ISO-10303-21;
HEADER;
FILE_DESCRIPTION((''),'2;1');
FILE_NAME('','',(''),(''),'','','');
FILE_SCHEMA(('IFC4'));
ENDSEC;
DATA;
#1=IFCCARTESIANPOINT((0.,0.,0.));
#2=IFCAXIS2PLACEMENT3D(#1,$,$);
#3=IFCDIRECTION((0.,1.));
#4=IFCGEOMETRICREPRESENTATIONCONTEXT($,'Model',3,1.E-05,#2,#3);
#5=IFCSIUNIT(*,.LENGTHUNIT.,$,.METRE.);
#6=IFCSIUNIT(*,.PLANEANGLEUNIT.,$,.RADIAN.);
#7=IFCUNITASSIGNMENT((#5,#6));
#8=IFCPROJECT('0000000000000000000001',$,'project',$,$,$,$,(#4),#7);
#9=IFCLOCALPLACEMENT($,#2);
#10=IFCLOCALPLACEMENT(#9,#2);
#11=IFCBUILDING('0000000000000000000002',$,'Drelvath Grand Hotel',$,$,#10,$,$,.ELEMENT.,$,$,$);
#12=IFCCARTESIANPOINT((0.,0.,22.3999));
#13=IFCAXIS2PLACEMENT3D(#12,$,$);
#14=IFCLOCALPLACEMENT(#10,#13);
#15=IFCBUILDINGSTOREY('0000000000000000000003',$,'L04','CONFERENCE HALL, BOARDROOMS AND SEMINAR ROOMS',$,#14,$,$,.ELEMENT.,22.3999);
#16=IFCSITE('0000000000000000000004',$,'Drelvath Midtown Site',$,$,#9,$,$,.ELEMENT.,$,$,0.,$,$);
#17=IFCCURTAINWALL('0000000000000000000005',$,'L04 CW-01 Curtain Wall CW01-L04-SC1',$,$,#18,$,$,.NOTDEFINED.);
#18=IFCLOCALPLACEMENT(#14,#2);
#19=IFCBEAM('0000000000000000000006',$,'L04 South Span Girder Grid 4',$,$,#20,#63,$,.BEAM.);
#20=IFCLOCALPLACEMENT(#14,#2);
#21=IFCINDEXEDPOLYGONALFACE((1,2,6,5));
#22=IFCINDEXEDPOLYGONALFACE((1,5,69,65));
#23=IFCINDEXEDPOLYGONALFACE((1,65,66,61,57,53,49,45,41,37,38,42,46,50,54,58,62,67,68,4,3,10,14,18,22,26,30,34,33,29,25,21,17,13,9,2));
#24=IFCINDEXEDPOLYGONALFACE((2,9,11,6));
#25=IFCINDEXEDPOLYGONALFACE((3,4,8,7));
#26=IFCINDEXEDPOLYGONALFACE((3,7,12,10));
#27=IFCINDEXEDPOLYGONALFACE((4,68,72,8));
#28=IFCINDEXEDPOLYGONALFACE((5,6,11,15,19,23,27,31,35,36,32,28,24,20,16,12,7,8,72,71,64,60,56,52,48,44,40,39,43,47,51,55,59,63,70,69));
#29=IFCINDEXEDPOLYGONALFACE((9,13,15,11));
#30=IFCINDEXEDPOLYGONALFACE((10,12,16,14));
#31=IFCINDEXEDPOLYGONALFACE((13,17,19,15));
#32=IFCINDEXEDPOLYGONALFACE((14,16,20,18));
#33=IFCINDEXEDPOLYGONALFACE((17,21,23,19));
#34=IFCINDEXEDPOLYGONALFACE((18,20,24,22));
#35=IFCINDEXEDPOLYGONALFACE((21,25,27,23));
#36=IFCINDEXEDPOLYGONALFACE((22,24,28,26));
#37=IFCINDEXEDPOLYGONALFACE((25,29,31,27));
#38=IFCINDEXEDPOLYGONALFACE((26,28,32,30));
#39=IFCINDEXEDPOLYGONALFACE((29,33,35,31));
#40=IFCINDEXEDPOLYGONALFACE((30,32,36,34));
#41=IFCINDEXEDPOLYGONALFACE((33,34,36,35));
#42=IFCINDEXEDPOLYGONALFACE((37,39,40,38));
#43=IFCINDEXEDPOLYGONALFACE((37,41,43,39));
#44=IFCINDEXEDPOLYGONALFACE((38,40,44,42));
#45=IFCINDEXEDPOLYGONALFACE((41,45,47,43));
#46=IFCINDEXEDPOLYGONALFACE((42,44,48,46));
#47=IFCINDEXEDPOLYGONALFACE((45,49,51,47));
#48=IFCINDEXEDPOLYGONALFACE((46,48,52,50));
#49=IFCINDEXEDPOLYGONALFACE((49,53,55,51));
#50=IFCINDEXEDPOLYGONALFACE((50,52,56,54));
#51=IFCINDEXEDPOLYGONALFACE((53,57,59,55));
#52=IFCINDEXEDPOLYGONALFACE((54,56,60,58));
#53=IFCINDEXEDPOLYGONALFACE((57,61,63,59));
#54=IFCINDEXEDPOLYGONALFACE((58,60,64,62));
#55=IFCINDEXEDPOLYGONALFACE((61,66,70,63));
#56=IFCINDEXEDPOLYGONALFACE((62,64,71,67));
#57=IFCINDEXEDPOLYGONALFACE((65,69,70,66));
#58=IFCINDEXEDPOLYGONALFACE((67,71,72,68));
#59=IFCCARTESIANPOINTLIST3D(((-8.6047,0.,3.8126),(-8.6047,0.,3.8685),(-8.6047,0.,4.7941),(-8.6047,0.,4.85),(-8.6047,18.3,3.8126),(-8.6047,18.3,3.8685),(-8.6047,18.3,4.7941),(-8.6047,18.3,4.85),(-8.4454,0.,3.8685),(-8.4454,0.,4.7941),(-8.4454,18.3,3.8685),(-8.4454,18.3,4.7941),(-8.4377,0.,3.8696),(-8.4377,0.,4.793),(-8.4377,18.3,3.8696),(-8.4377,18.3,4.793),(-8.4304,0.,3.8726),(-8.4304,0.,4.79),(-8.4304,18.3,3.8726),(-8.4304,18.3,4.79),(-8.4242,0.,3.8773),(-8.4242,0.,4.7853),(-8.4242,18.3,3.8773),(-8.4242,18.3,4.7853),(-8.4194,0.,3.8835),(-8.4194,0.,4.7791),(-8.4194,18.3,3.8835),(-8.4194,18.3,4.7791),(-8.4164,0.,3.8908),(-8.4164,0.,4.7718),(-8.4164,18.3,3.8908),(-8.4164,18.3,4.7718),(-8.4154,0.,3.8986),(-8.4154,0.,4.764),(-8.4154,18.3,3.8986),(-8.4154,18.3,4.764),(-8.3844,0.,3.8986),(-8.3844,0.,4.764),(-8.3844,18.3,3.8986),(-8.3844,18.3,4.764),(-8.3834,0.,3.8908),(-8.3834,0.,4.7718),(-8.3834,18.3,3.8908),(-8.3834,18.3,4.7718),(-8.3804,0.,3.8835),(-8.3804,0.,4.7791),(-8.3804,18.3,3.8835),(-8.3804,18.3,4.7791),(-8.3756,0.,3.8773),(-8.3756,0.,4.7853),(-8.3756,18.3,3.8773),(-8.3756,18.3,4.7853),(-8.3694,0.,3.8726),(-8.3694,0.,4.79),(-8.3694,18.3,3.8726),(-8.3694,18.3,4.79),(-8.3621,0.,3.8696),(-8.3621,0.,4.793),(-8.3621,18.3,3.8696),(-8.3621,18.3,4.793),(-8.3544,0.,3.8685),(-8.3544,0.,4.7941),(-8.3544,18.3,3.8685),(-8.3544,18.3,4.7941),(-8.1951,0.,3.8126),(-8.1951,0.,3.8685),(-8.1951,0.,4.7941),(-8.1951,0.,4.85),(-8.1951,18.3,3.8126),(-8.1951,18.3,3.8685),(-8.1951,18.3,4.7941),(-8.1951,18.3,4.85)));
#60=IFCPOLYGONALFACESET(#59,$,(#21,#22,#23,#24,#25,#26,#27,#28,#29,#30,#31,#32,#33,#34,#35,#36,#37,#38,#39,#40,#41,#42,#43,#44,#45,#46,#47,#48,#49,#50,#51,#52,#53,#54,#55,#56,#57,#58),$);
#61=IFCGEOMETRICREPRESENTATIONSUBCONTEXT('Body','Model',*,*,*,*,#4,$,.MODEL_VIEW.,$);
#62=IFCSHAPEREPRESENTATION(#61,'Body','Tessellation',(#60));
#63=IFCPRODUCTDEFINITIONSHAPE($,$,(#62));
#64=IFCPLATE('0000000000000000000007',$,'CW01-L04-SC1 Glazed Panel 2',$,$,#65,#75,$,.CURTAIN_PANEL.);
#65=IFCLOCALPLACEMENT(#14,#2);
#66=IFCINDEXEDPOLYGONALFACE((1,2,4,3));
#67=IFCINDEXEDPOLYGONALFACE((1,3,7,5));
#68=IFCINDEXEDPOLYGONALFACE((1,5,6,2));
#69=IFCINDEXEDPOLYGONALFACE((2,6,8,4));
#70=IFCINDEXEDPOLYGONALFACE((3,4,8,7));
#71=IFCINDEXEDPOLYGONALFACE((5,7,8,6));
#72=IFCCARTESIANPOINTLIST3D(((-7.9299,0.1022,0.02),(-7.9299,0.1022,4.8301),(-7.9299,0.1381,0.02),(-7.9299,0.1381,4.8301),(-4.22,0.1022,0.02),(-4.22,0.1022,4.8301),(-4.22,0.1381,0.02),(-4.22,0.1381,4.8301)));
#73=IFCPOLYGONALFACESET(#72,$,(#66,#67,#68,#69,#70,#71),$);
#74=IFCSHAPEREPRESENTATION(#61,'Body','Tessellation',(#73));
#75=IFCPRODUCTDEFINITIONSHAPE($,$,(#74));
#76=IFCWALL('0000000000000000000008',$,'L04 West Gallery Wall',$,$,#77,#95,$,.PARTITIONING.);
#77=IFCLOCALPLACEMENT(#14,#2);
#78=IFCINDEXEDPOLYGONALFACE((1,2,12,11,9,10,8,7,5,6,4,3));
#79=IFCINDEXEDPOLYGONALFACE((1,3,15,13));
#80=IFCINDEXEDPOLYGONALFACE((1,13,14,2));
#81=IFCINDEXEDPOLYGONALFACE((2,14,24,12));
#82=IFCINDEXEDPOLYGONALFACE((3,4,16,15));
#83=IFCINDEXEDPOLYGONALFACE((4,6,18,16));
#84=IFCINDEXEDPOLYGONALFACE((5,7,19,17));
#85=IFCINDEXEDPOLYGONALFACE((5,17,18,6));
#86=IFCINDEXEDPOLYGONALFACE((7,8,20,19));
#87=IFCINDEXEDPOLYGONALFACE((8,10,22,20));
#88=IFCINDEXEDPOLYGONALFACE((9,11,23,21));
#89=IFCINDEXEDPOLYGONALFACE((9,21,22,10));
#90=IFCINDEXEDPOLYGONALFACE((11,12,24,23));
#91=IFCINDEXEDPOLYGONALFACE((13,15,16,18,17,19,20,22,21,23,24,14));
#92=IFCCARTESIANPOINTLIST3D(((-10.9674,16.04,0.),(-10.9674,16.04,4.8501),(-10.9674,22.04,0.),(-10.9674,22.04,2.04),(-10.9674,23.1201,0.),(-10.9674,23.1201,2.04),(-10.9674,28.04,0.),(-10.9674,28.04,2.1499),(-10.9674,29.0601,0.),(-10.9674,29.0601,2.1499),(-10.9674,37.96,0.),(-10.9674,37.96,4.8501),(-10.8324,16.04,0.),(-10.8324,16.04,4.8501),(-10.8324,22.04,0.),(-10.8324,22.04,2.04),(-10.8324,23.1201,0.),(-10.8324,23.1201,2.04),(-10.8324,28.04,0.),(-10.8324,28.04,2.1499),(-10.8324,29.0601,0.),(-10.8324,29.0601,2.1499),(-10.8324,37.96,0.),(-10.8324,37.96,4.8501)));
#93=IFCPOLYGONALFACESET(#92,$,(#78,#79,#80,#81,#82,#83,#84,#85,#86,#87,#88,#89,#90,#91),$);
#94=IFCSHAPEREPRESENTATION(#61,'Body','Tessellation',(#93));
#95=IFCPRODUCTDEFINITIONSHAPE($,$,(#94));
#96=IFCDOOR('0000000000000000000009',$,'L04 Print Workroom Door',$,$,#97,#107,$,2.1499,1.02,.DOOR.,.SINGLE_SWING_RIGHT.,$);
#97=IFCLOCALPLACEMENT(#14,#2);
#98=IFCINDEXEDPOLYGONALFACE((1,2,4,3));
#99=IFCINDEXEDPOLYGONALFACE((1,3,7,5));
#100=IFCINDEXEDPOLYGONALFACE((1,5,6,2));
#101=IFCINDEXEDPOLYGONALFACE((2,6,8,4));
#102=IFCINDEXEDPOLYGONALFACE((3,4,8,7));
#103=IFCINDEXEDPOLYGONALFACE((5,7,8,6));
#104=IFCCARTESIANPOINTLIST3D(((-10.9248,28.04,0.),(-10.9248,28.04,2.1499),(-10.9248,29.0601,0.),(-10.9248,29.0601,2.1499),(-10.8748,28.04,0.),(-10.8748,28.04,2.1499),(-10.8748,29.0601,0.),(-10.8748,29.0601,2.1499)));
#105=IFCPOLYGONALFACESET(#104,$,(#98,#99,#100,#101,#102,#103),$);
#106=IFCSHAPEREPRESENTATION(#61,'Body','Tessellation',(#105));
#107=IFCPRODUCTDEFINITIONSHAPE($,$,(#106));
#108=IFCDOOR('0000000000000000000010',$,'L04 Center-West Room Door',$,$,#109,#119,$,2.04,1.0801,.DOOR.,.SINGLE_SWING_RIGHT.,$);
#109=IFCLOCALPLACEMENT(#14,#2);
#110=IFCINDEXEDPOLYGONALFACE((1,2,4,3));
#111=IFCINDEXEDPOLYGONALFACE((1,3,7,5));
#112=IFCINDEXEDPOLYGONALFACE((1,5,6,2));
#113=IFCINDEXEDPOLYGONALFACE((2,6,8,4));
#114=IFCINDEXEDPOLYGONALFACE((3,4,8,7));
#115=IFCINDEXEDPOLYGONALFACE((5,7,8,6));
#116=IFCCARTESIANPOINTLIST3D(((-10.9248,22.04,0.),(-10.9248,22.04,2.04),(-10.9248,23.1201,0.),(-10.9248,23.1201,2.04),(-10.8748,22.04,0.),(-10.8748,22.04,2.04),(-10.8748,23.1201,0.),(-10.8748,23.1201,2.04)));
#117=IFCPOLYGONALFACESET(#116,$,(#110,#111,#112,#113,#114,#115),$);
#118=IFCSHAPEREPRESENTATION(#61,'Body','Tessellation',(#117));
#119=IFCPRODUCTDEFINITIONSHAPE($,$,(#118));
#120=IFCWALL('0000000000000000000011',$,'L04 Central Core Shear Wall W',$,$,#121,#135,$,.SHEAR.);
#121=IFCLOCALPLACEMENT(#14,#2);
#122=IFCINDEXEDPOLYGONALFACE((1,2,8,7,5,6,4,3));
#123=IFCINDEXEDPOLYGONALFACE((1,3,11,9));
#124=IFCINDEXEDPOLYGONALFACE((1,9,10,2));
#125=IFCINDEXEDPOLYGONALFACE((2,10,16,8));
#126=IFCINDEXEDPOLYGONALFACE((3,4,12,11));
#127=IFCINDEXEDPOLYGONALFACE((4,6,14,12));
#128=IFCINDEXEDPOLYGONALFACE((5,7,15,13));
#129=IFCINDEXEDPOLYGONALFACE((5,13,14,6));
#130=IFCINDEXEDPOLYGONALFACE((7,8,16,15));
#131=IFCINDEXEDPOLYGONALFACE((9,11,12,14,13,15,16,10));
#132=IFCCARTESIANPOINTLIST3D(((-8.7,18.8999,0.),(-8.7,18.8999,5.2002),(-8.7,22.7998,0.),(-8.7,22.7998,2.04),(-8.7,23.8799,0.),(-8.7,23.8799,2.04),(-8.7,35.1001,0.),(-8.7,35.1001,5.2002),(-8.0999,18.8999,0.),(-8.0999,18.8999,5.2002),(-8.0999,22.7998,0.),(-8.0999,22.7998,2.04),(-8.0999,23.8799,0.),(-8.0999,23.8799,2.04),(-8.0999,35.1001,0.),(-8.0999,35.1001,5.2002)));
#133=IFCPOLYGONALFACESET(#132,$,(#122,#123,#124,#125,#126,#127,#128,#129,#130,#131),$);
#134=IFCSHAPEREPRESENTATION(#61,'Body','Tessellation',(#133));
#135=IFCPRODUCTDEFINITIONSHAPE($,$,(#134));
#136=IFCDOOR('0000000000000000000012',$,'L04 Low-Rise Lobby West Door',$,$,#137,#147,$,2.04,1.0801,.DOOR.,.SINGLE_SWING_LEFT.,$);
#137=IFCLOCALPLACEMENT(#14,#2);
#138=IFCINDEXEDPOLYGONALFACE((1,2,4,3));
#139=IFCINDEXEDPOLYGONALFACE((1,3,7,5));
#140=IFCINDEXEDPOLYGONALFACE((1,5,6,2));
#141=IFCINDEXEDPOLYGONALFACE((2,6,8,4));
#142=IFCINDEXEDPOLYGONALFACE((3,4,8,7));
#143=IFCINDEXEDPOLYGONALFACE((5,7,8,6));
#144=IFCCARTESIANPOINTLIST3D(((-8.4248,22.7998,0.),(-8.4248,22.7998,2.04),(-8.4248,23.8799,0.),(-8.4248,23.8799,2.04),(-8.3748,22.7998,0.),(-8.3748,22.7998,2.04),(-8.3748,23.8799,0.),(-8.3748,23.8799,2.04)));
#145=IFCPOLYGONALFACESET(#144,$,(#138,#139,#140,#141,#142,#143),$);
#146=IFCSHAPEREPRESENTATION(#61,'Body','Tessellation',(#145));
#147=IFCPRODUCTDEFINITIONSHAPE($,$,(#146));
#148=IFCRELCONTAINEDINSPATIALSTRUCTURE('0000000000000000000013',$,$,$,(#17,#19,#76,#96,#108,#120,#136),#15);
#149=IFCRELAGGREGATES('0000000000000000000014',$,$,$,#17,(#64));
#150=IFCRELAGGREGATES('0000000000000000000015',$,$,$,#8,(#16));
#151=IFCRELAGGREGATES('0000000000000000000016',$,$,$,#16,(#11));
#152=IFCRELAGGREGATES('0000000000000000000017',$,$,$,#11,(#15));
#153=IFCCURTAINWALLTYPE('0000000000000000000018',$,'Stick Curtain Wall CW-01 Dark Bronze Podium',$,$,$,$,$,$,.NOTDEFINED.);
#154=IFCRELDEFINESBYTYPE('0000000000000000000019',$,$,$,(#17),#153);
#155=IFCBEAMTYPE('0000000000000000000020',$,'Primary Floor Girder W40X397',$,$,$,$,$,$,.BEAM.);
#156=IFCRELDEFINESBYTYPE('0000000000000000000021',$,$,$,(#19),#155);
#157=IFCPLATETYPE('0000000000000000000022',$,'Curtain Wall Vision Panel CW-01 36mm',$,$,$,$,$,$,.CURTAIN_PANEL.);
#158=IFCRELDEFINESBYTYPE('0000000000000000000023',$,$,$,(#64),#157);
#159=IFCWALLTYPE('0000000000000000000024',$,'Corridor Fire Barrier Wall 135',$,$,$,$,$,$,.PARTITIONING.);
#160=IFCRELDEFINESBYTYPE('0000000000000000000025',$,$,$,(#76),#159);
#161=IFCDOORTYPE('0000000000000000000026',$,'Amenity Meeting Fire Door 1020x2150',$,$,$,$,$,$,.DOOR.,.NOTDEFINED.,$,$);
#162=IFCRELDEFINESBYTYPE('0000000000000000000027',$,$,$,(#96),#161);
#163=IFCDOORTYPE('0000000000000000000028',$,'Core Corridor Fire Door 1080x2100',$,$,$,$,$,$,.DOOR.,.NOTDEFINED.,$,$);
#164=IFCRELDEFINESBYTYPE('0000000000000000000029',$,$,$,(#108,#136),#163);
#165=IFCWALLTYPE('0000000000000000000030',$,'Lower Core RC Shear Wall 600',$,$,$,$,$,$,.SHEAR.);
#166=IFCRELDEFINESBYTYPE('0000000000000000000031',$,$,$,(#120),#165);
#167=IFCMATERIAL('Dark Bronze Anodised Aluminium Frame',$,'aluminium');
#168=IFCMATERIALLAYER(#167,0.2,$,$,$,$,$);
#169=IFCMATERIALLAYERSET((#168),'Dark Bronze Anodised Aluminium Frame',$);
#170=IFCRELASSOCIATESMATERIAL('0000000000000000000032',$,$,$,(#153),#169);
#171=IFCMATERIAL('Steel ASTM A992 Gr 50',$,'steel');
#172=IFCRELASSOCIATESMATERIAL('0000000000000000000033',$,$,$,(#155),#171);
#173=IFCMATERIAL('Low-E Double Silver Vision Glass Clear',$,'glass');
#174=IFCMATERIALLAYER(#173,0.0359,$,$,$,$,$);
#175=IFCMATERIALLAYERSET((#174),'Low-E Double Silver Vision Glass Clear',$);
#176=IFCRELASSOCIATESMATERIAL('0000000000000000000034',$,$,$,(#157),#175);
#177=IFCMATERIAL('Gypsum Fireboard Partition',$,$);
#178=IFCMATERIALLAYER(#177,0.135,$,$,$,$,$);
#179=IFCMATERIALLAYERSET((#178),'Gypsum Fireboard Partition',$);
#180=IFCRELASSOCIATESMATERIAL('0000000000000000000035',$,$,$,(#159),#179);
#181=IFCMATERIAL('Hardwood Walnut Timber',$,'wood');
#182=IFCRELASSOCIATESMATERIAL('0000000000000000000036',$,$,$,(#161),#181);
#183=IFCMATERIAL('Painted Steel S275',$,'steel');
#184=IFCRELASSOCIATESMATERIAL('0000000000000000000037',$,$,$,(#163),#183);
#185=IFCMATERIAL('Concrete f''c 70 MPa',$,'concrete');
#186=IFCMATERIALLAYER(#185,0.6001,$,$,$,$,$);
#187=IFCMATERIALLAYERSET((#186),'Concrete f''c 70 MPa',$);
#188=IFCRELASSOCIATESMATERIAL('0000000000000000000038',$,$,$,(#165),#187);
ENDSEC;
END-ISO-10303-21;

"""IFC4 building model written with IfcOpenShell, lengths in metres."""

from ifc_helpers import new_model, si_unit, direction, frame, frame_2d, origin, origin_2d, place, context, subcontext, project, spatial, rectangle, i_section, extrude, material, layer, layer_set, material_profile, profile_set, type_object, element, fill, aggregate, save


model = new_model("IFC4")

# Units and contexts
model_context = context("Model", 3, precision=1e-05, world=origin(), true_north=direction((0.0, 1.0)))
body_context = subcontext(model_context, "Body", "Model", "MODEL_VIEW")
ifc_project = project(units=[si_unit("LENGTHUNIT", "METRE"), si_unit("PLANEANGLEUNIT", "RADIAN")], contexts=[model_context])

# Site, building, storey
site_placement = place(None, origin())
site = spatial("IfcSite", under=ifc_project, at=site_placement, Name="Drelvath Midtown Site", CompositionType="ELEMENT", RefElevation=0.0)
building_placement = place(site_placement, origin())
building = spatial("IfcBuilding", under=site, at=building_placement, Name="Drelvath Grand Hotel", CompositionType="ELEMENT")
storey_placement = place(building_placement, frame((0.0, 0.0, 22.3999)))
storey = spatial("IfcBuildingStorey", under=building, at=storey_placement, Name="L04", Description="CONFERENCE HALL, BOARDROOMS AND SEMINAR ROOMS", CompositionType="ELEMENT", Elevation=22.3999)

# Shared definitions
ifc_material_1 = material(Name="Concrete f'c 70 MPa", Category="concrete")

# Curtain wall
ifc_material_2 = material(Name="Dark Bronze Anodised Aluminium Frame", Category="aluminium")
ifc_layer_1 = layer(ifc_material_2, 0.2)
ifc_layer_set_1 = layer_set([ifc_layer_1], Name="Dark Bronze Anodised Aluminium Frame")
curtain_wall_type = type_object("IfcCurtainWallType", Name="Stick Curtain Wall CW-01 Dark Bronze Podium", PredefinedType="NOTDEFINED", material=ifc_layer_set_1)
curtain_wall_placement = place(storey_placement, origin())
curtain_wall = element("IfcCurtainWall", 1, at=curtain_wall_placement, inside=storey, type_object=curtain_wall_type, Name="L04 CW-01 Curtain Wall CW01-L04-SC1", PredefinedType="NOTDEFINED")

# Beam
ifc_material_3 = material(Name="Steel ASTM A992 Gr 50", Category="steel")
ifc_material_profile_1 = material_profile(ifc_material_3, i_section(OverallWidth=0.4097, OverallDepth=1.0374, WebThickness=0.031, FlangeThickness=0.0559, FilletRadius=0.03, at=origin_2d()), Name="W40X397")
ifc_profile_set_1 = profile_set([ifc_material_profile_1], Name="Steel ASTM A992 Gr 50")
beam_type_1 = type_object("IfcBeamType", Name="Primary Floor Girder W40X397", PredefinedType="BEAM", material=ifc_profile_set_1)
beam_1_placement = place(storey_placement, frame((-8.3999, 0.0, 4.3313), z_axis=(0.0, 1.0, 0.0), x_axis=(-1.0, 0.0, 0.0)))
element("IfcBeam", 2, at=beam_1_placement, inside=storey, type_object=beam_type_1, Name="L04 South Span Girder Grid 4", PredefinedType="BEAM", context=body_context, shape_type="SweptSolid", body=[
    extrude(i_section(OverallWidth=0.4097, OverallDepth=1.0374, WebThickness=0.031, FlangeThickness=0.0559, FilletRadius=0.03, at=origin_2d()), origin(), (0.0, 0.0, 1.0), 18.3),
])

# Plate
ifc_material_4 = material(Name="Low-E Double Silver Vision Glass Clear", Category="glass")
ifc_layer_2 = layer(ifc_material_4, 0.0359)
ifc_layer_set_2 = layer_set([ifc_layer_2], Name="Low-E Double Silver Vision Glass Clear")
plate_type = type_object("IfcPlateType", Name="Curtain Wall Vision Panel CW-01 36mm", PredefinedType="CURTAIN_PANEL", material=ifc_layer_set_2)
plate_placement = place(storey_placement, frame((-6.075, 0.1201, 0.02), z_axis=(0.0, 0.0, 1.0), x_axis=(-1.0, 0.0, 0.0)))
plate = element("IfcPlate", 3, at=plate_placement, type_object=plate_type, Name="CW01-L04-SC1 Glazed Panel 2", PredefinedType="CURTAIN_PANEL", context=body_context, shape_type="SweptSolid", body=[
    extrude(rectangle(XDim=3.71, YDim=0.0359, at=origin_2d()), origin(), (0.0, 0.0, 1.0), 4.8101),
])
aggregate(curtain_wall, [plate])

# Wall, openings, doors
ifc_material_5 = material(Name="Gypsum Fireboard Partition")
ifc_layer_3 = layer(ifc_material_5, 0.135)
ifc_layer_set_3 = layer_set([ifc_layer_3], Name="Gypsum Fireboard Partition")
wall_type_1 = type_object("IfcWallType", Name="Corridor Fire Barrier Wall 135", PredefinedType="PARTITIONING", material=ifc_layer_set_3)
wall_1_placement = place(storey_placement, frame((-10.8999, 16.04, 0.0), z_axis=(0.0, 0.0, 1.0), x_axis=(0.0, 1.0, 0.0)))
wall_1 = element("IfcWall", 4, at=wall_1_placement, inside=storey, type_object=wall_type_1, Name="L04 West Gallery Wall", PredefinedType="PARTITIONING", context=body_context, shape_type="SweptSolid", body=[
    extrude(rectangle(XDim=21.9199, YDim=0.135, at=frame_2d((10.96, 0.0))), origin(), (0.0, 0.0, 1.0), 4.8501),
])
opening_1_placement = place(wall_1_placement, frame((12.0, 0.0, 0.0)))
opening_1 = element("IfcOpeningElement", 5, at=opening_1_placement, cuts=wall_1, PredefinedType="OPENING", context=body_context, shape_type="SweptSolid", body=[
    extrude(rectangle(XDim=1.02, YDim=2.1499, at=frame_2d((0.51, 1.075))), frame((0.0, 0.0774, 0.0), z_axis=(0.0, -1.0, 0.0), x_axis=(1.0, 0.0, 0.0)), (0.0, 0.0, 1.0), 0.155),
])
opening_2_placement = place(wall_1_placement, frame((6.0, 0.0, 0.0)))
opening_2 = element("IfcOpeningElement", 6, at=opening_2_placement, cuts=wall_1, PredefinedType="OPENING", context=body_context, shape_type="SweptSolid", body=[
    extrude(rectangle(XDim=1.0801, YDim=2.04, at=frame_2d((0.54, 1.02))), frame((0.0, 0.0774, 0.0), z_axis=(0.0, -1.0, 0.0), x_axis=(1.0, 0.0, 0.0)), (0.0, 0.0, 1.0), 0.155),
])
ifc_material_6 = material(Name="Hardwood Walnut Timber", Category="wood")
door_type_1 = type_object("IfcDoorType", Name="Amenity Meeting Fire Door 1020x2150", OperationType="NOTDEFINED", PredefinedType="DOOR", material=ifc_material_6)
door_1_placement = place(opening_1_placement, origin())
door_1 = element("IfcDoor", 7, at=door_1_placement, inside=storey, type_object=door_type_1, Name="L04 Print Workroom Door", OperationType="SINGLE_SWING_RIGHT", OverallHeight=2.1499, OverallWidth=1.02, PredefinedType="DOOR", context=body_context, shape_type="SweptSolid", body=[
    extrude(rectangle(XDim=1.02, YDim=2.1499, at=frame_2d((0.51, 1.075))), frame((0.0, 0.0249, 0.0), z_axis=(0.0, -1.0, 0.0), x_axis=(1.0, 0.0, 0.0)), (0.0, 0.0, 1.0), 0.05),
])
fill(opening_1, door_1)
ifc_material_7 = material(Name="Painted Steel S275", Category="steel")
door_type_2 = type_object("IfcDoorType", Name="Core Corridor Fire Door 1080x2100", OperationType="NOTDEFINED", PredefinedType="DOOR", material=ifc_material_7)
door_2_placement = place(opening_2_placement, origin())
door_2 = element("IfcDoor", 8, at=door_2_placement, inside=storey, type_object=door_type_2, Name="L04 Center-West Room Door", OperationType="SINGLE_SWING_RIGHT", OverallHeight=2.04, OverallWidth=1.0801, PredefinedType="DOOR", context=body_context, shape_type="SweptSolid", body=[
    extrude(rectangle(XDim=1.0801, YDim=2.04, at=frame_2d((0.54, 1.02))), frame((0.0, 0.0249, 0.0), z_axis=(0.0, -1.0, 0.0), x_axis=(1.0, 0.0, 0.0)), (0.0, 0.0, 1.0), 0.05),
])
fill(opening_2, door_2)

# Wall, opening, door
ifc_layer_4 = layer(ifc_material_1, 0.6001)
ifc_layer_set_4 = layer_set([ifc_layer_4], Name="Concrete f'c 70 MPa")
wall_type_2 = type_object("IfcWallType", Name="Lower Core RC Shear Wall 600", PredefinedType="SHEAR", material=ifc_layer_set_4)
wall_2_placement = place(storey_placement, frame((-8.3999, 18.8999, 0.0), z_axis=(0.0, 0.0, 1.0), x_axis=(0.0, 1.0, 0.0)))
wall_2 = element("IfcWall", 9, at=wall_2_placement, inside=storey, type_object=wall_type_2, Name="L04 Central Core Shear Wall W", PredefinedType="SHEAR", context=body_context, shape_type="SweptSolid", body=[
    extrude(rectangle(XDim=16.2002, YDim=0.6001, at=frame_2d((8.1001, 0.0))), origin(), (0.0, 0.0, 1.0), 5.2002),
])
opening_3_placement = place(wall_2_placement, frame((3.8999, 0.0, 0.0)))
opening_3 = element("IfcOpeningElement", 10, at=opening_3_placement, cuts=wall_2, PredefinedType="OPENING", context=body_context, shape_type="SweptSolid", body=[
    extrude(rectangle(XDim=1.0801, YDim=2.04, at=frame_2d((0.54, 1.02))), frame((0.0, 0.3101, 0.0), z_axis=(0.0, -1.0, 0.0), x_axis=(1.0, 0.0, 0.0)), (0.0, 0.0, 1.0), 0.6201),
])
door_3_placement = place(opening_3_placement, origin())
door_3 = element("IfcDoor", 11, at=door_3_placement, inside=storey, type_object=door_type_2, Name="L04 Low-Rise Lobby West Door", OperationType="SINGLE_SWING_LEFT", OverallHeight=2.04, OverallWidth=1.0801, PredefinedType="DOOR", context=body_context, shape_type="SweptSolid", body=[
    extrude(rectangle(XDim=1.0801, YDim=2.04, at=frame_2d((0.54, 1.02))), frame((0.0, 0.0249, 0.0), z_axis=(0.0, -1.0, 0.0), x_axis=(1.0, 0.0, 0.0)), (0.0, 0.0, 1.0), 0.05),
])
fill(opening_3, door_3)

save(model, "model.ifc")
